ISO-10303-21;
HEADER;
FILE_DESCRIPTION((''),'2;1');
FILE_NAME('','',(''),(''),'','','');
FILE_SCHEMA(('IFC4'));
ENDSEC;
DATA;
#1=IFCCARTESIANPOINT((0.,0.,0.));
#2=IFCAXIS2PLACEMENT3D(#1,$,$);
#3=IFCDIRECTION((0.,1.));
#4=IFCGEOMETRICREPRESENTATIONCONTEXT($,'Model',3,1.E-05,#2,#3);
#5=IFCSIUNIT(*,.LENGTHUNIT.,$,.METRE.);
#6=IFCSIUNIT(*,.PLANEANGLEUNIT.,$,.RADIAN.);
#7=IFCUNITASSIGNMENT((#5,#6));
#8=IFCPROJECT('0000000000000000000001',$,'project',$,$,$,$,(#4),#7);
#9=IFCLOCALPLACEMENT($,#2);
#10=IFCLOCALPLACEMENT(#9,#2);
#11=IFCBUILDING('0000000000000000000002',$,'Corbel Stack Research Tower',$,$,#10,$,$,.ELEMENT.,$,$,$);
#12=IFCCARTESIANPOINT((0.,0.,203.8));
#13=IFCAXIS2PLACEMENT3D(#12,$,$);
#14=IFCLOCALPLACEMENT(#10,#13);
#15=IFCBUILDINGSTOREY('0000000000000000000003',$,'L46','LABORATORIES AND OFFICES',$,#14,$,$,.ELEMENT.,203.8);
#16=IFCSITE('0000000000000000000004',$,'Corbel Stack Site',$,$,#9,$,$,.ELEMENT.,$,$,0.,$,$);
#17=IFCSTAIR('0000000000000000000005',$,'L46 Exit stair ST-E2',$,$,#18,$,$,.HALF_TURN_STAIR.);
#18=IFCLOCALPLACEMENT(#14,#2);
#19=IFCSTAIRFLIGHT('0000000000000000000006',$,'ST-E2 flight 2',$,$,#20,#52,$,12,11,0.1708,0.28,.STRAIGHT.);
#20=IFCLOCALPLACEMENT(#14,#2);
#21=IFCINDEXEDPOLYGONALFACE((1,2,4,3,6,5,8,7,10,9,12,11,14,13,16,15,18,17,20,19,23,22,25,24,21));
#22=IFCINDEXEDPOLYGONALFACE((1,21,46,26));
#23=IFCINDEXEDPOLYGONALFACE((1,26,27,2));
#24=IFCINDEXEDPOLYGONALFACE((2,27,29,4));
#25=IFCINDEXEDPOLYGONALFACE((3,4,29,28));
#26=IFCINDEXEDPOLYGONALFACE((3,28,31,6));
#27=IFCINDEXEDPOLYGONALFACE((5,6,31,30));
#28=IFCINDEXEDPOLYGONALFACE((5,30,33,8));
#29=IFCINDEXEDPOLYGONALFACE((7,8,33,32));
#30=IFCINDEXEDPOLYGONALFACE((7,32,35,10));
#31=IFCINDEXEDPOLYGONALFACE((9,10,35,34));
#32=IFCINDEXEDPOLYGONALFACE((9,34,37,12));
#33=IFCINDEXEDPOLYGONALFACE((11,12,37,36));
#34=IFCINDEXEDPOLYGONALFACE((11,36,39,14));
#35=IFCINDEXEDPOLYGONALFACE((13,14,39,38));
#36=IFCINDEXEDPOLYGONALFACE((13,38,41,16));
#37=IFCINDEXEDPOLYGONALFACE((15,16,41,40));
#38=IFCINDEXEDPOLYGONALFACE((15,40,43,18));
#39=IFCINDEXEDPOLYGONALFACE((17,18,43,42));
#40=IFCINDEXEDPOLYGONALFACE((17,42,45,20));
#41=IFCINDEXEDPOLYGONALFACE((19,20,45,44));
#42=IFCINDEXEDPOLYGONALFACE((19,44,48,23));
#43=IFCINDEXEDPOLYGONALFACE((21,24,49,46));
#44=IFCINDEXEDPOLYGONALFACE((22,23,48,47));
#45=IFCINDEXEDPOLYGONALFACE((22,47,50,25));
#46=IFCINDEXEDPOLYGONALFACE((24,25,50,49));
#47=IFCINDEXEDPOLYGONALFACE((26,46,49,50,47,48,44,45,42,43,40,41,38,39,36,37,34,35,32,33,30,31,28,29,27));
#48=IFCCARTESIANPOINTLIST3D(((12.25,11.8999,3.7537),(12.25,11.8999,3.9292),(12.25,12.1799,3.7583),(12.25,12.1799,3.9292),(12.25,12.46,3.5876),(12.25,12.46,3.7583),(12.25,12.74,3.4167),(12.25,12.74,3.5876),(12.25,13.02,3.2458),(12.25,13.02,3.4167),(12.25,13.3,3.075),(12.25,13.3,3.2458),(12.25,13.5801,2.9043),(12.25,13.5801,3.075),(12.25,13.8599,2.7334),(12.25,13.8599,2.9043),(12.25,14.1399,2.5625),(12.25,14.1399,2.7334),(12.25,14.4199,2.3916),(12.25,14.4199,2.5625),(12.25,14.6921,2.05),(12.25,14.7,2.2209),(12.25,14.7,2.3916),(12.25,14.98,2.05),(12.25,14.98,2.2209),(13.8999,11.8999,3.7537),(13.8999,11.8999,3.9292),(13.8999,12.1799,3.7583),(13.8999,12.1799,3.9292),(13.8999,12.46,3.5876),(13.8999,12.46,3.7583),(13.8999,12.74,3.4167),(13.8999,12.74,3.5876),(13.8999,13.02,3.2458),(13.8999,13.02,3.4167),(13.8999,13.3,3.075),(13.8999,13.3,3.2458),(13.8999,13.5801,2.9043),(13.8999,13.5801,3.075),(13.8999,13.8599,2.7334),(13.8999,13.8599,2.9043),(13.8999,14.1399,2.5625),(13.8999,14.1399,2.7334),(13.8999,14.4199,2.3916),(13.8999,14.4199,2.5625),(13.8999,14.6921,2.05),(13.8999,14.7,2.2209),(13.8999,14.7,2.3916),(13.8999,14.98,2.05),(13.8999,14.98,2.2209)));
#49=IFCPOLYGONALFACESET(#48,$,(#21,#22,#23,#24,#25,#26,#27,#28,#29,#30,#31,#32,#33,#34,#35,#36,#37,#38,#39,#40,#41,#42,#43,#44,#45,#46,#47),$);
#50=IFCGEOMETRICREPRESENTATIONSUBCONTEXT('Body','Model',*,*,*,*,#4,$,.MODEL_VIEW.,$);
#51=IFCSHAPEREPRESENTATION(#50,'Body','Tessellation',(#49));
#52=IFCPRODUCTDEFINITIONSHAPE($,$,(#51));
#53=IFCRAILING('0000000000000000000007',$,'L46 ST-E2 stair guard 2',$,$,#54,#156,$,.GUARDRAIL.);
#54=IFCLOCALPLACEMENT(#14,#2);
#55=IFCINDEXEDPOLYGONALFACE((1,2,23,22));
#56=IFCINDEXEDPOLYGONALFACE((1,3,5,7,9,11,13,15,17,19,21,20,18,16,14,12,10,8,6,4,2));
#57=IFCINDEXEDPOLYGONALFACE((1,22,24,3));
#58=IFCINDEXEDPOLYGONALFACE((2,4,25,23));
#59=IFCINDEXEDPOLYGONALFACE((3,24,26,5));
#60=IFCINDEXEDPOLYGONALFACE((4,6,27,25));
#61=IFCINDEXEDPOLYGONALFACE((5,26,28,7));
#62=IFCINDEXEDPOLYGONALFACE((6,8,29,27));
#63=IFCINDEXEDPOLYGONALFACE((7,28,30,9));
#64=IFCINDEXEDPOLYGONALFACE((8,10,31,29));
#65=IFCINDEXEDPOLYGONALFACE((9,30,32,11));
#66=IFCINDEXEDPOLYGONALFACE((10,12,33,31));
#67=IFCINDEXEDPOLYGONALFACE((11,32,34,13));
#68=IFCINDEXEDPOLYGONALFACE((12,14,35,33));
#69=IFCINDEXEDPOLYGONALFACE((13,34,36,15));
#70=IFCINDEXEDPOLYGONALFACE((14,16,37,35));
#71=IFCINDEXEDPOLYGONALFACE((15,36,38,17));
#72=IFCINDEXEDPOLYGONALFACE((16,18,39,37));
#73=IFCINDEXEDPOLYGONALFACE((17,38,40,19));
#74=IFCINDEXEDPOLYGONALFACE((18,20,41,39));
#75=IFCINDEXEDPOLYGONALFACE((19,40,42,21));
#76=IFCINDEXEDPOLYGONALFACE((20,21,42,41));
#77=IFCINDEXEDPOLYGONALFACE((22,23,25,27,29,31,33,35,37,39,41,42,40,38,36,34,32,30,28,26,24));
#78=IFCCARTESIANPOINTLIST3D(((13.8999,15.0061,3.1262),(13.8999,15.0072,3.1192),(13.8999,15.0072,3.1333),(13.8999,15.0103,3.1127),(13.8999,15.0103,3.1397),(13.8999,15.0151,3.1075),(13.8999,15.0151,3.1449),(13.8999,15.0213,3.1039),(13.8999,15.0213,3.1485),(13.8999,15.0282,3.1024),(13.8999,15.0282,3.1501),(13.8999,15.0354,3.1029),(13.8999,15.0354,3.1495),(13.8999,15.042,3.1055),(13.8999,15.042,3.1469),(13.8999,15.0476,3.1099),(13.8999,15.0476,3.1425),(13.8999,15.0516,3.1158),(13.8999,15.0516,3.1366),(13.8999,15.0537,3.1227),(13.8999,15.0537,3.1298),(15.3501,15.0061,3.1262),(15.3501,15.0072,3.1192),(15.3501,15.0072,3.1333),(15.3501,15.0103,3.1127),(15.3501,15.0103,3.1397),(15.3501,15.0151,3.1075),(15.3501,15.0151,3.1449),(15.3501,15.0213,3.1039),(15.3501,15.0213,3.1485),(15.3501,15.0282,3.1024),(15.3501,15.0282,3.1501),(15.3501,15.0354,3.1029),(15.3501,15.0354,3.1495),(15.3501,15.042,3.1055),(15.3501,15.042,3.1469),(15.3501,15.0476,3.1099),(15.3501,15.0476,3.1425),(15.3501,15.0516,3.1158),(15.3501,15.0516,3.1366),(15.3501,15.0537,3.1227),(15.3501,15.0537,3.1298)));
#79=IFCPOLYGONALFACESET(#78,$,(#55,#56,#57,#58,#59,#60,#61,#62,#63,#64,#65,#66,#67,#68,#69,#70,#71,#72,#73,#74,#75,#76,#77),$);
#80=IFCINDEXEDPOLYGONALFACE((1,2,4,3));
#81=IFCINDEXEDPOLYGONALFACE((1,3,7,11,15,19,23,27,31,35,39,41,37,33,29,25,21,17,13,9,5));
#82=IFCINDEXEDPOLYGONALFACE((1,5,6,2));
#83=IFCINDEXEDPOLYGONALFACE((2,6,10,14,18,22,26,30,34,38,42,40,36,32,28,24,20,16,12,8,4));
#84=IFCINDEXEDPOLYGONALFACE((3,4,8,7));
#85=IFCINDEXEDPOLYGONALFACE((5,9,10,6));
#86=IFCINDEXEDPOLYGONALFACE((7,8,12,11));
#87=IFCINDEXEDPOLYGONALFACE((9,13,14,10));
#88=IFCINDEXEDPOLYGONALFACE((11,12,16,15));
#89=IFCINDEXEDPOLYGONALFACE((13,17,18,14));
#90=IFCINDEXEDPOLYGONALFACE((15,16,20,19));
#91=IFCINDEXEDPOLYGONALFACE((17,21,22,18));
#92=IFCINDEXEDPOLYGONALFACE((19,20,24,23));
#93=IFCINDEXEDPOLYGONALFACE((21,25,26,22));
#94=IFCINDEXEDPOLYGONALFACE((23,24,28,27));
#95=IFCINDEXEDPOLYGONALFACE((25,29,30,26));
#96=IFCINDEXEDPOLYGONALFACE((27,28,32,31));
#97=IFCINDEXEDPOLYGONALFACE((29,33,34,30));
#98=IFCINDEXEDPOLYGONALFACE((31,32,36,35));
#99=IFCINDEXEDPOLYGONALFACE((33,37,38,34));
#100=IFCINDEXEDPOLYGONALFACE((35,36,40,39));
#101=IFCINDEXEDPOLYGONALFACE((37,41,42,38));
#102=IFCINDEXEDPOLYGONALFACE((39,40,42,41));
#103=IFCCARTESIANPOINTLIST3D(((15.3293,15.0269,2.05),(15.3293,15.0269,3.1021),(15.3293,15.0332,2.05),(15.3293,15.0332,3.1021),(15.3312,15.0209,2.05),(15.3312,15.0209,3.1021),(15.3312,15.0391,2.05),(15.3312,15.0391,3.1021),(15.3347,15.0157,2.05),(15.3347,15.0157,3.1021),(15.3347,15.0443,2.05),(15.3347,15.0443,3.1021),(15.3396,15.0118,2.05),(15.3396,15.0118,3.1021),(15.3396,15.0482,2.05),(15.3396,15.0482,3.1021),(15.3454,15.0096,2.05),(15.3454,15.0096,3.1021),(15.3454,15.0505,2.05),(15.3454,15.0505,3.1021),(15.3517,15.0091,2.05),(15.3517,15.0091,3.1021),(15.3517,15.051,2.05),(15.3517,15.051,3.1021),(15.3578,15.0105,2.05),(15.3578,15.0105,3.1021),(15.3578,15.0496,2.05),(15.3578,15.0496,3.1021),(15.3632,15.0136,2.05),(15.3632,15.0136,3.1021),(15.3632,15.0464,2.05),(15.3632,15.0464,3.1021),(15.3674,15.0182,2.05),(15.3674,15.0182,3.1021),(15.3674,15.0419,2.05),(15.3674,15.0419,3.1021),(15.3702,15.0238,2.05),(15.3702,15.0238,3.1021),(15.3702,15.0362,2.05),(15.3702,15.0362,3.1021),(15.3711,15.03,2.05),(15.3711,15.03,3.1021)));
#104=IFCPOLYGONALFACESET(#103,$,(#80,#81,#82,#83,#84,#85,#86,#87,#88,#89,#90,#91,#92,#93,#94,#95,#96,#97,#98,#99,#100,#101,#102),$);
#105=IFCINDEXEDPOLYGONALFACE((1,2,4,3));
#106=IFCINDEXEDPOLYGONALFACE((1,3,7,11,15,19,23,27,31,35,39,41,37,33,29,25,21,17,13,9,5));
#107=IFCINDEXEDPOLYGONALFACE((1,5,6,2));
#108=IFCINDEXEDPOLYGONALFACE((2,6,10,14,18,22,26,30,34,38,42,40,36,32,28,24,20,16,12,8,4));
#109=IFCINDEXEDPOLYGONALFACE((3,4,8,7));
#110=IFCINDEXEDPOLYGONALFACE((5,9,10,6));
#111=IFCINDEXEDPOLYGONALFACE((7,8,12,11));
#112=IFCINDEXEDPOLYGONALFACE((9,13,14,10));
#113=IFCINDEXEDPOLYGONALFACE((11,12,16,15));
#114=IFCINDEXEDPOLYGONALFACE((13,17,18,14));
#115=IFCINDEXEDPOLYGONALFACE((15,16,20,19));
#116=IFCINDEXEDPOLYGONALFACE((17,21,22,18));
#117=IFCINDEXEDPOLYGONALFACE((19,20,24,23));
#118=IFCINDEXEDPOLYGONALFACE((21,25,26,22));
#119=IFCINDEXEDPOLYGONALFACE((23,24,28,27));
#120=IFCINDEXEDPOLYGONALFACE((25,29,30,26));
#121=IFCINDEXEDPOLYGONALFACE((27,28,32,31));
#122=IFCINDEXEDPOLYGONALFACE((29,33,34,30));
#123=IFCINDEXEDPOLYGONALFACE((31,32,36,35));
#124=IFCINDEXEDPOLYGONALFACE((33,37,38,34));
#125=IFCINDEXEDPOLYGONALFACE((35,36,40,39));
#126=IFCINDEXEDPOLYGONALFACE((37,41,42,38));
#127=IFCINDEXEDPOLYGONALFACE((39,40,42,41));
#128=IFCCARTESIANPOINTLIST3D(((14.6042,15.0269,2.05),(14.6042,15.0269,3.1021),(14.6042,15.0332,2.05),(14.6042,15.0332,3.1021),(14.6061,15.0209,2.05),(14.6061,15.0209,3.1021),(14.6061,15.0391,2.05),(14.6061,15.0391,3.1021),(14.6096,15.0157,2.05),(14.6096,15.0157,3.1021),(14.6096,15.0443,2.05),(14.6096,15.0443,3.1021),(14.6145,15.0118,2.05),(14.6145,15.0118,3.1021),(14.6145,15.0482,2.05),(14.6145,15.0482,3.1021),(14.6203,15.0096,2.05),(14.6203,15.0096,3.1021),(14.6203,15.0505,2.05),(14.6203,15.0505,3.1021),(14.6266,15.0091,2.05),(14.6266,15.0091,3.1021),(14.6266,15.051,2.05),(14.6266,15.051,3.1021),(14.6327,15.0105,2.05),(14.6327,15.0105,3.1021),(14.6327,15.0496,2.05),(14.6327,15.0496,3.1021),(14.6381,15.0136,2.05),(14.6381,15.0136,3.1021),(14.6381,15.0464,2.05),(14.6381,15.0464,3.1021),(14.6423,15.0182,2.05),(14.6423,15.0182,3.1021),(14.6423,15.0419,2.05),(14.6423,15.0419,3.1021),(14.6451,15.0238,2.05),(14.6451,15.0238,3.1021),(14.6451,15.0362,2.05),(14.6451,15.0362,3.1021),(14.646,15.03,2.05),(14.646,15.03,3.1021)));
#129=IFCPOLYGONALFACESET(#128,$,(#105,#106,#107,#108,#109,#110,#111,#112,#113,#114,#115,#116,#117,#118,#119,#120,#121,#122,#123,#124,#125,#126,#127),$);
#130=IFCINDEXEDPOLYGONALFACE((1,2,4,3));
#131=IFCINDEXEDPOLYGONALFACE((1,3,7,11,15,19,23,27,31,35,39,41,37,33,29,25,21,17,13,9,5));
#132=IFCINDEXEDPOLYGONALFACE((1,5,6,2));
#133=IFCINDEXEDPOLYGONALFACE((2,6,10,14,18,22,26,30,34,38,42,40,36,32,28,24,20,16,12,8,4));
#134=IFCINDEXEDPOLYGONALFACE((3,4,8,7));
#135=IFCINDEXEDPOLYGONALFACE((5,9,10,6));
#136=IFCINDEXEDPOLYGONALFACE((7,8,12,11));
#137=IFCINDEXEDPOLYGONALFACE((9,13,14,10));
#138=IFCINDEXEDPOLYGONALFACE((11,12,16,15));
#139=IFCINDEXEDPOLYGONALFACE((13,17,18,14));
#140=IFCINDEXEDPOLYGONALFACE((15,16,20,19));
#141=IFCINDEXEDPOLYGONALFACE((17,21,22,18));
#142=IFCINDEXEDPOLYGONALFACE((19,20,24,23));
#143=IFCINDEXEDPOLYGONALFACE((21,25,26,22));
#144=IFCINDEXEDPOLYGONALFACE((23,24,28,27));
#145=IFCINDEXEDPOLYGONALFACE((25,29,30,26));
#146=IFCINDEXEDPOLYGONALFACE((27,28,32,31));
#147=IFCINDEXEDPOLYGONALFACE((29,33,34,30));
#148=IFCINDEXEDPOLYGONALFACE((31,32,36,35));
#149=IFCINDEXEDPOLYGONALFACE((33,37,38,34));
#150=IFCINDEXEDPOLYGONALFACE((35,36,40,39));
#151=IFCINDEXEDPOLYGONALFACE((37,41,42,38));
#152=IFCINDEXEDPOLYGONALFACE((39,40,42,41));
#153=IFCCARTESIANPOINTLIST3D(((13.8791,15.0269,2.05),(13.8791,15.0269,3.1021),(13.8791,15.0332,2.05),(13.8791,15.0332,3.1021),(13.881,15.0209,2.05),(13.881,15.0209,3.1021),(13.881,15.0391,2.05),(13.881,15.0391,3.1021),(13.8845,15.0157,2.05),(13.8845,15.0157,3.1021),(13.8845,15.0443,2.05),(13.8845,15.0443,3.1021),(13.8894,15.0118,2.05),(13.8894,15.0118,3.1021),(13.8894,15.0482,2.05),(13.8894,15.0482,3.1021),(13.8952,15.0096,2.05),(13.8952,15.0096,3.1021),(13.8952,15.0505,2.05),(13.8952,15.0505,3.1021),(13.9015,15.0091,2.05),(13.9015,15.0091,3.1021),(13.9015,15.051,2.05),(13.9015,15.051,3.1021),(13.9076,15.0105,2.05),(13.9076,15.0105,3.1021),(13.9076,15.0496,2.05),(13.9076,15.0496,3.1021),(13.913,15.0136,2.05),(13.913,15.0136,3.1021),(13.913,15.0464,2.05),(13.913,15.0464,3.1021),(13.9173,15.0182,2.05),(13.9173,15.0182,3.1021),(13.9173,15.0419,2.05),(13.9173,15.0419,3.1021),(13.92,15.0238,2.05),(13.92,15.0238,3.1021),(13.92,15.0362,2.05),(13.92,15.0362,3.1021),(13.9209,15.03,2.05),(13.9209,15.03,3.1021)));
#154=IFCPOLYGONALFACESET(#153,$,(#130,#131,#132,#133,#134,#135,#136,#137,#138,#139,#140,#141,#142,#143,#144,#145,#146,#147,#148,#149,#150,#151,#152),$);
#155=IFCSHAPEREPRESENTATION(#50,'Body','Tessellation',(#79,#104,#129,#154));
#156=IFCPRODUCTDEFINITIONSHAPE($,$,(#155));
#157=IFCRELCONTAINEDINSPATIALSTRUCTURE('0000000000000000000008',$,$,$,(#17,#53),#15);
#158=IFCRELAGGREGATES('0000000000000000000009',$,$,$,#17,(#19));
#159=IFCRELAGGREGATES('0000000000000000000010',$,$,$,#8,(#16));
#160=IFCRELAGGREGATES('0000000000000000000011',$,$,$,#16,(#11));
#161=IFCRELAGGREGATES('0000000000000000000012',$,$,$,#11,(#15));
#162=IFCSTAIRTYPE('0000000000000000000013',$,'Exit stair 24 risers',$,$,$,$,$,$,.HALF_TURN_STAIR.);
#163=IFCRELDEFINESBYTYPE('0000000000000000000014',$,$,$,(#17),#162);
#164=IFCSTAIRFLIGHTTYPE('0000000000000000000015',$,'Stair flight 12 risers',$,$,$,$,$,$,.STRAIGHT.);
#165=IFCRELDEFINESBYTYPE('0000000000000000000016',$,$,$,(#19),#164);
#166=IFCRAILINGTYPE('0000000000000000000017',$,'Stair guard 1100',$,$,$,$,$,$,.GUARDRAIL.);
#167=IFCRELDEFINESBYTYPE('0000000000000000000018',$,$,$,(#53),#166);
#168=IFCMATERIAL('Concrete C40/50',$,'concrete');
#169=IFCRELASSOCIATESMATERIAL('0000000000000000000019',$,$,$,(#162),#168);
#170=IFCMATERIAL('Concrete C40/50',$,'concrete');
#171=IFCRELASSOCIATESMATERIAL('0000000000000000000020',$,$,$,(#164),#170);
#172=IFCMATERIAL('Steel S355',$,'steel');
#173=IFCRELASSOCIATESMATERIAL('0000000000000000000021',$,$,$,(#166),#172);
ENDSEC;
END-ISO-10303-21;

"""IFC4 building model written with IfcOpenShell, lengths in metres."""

from ifc_helpers import new_model, si_unit, direction, frame, origin, origin_2d, place, context, subcontext, project, spatial, polyline, circle, outline, extrude, material, type_object, element, aggregate, save


model = new_model("IFC4")

# Units and contexts
model_context = context("Model", 3, precision=1e-05, world=origin(), true_north=direction((0.0, 1.0)))
body_context = subcontext(model_context, "Body", "Model", "MODEL_VIEW")
ifc_project = project(units=[si_unit("LENGTHUNIT", "METRE"), si_unit("PLANEANGLEUNIT", "RADIAN")], contexts=[model_context])

# Site, building, storey
site_placement = place(None, origin())
site = spatial("IfcSite", under=ifc_project, at=site_placement, Name="Corbel Stack Site", CompositionType="ELEMENT", RefElevation=0.0)
building_placement = place(site_placement, origin())
building = spatial("IfcBuilding", under=site, at=building_placement, Name="Corbel Stack Research Tower", CompositionType="ELEMENT")
storey_placement = place(building_placement, frame((0.0, 0.0, 203.8)))
storey = spatial("IfcBuildingStorey", under=building, at=storey_placement, Name="L46", Description="LABORATORIES AND OFFICES", CompositionType="ELEMENT", Elevation=203.8)

# Stair, stair flight
ifc_material_1 = material(Name="Concrete C40/50", Category="concrete")
stair_type = type_object("IfcStairType", Name="Exit stair 24 risers", PredefinedType="HALF_TURN_STAIR", material=ifc_material_1)
stair_placement = place(storey_placement, origin())
stair = element("IfcStair", 1, at=stair_placement, inside=storey, type_object=stair_type, Name="L46 Exit stair ST-E2", PredefinedType="HALF_TURN_STAIR")
ifc_material_2 = material(Name="Concrete C40/50", Category="concrete")
stair_flight_type = type_object("IfcStairFlightType", Name="Stair flight 12 risers", PredefinedType="STRAIGHT", material=ifc_material_2)
stair_flight_placement = place(storey_placement, frame((13.075, 14.98, 2.05), z_axis=(0.0, 0.0, 1.0), x_axis=(0.0, -1.0, 0.0)))
stair_flight = element("IfcStairFlight", 2, at=stair_flight_placement, type_object=stair_flight_type, Name="ST-E2 flight 2", NumberOfRisers=12, NumberOfTreads=11, PredefinedType="STRAIGHT", RiserHeight=0.1708, TreadLength=0.28, context=body_context, shape_type="SweptSolid", body=[
    extrude(outline(polyline([(0.0, 0.0), (0.0, 0.1709), (0.28, 0.1709), (0.28, 0.3416), (0.5601, 0.3416), (0.5601, 0.5125), (0.8401, 0.5125), (0.8401, 0.6833), (1.1201, 0.6833), (1.1201, 0.8542), (1.3999, 0.8542), (1.3999, 1.0249), (1.6799, 1.0249), (1.6799, 1.1958), (1.96, 1.1958), (1.96, 1.3667), (2.24, 1.3667), (2.24, 1.5376), (2.52, 1.5376), (2.52, 1.7083), (2.8, 1.7083), (2.8, 1.8792), (3.0801, 1.8792), (3.0801, 2.05), (3.0801, 1.7036), (0.2878, 0.0), (0.0, 0.0)])), frame((0.0, 0.825, 0.0), z_axis=(0.0, -1.0, 0.0), x_axis=(1.0, 0.0, 0.0)), (0.0, 0.0, 1.0), 1.6499),
])
aggregate(stair, [stair_flight])

# Railing
ifc_material_3 = material(Name="Steel S355", Category="steel")
railing_type = type_object("IfcRailingType", Name="Stair guard 1100", PredefinedType="GUARDRAIL", material=ifc_material_3)
railing_1_placement = place(storey_placement, frame((15.3501, 15.03, 2.05)))
element("IfcRailing", 3, at=railing_1_placement, inside=storey, type_object=railing_type, Name="L46 ST-E2 stair guard 2", PredefinedType="GUARDRAIL", context=body_context, shape_type="SweptSolid", body=[
    extrude(circle(Radius=0.0239, at=origin_2d()), frame((0.0, 0.0, 1.0762), z_axis=(-1.0, 0.0, 0.0), x_axis=(0.0, -1.0, 0.0)), (0.0, 0.0, 1.0), 1.4502),
    extrude(circle(Radius=0.021, at=origin_2d()), origin(), (0.0, 0.0, 1.0), 1.052),
    extrude(circle(Radius=0.021, at=origin_2d()), frame((-0.7251, 0.0, 0.0)), (0.0, 0.0, 1.0), 1.052),
    extrude(circle(Radius=0.021, at=origin_2d()), frame((-1.4502, 0.0, 0.0)), (0.0, 0.0, 1.0), 1.052),
])

save(model, "model.ifc")
